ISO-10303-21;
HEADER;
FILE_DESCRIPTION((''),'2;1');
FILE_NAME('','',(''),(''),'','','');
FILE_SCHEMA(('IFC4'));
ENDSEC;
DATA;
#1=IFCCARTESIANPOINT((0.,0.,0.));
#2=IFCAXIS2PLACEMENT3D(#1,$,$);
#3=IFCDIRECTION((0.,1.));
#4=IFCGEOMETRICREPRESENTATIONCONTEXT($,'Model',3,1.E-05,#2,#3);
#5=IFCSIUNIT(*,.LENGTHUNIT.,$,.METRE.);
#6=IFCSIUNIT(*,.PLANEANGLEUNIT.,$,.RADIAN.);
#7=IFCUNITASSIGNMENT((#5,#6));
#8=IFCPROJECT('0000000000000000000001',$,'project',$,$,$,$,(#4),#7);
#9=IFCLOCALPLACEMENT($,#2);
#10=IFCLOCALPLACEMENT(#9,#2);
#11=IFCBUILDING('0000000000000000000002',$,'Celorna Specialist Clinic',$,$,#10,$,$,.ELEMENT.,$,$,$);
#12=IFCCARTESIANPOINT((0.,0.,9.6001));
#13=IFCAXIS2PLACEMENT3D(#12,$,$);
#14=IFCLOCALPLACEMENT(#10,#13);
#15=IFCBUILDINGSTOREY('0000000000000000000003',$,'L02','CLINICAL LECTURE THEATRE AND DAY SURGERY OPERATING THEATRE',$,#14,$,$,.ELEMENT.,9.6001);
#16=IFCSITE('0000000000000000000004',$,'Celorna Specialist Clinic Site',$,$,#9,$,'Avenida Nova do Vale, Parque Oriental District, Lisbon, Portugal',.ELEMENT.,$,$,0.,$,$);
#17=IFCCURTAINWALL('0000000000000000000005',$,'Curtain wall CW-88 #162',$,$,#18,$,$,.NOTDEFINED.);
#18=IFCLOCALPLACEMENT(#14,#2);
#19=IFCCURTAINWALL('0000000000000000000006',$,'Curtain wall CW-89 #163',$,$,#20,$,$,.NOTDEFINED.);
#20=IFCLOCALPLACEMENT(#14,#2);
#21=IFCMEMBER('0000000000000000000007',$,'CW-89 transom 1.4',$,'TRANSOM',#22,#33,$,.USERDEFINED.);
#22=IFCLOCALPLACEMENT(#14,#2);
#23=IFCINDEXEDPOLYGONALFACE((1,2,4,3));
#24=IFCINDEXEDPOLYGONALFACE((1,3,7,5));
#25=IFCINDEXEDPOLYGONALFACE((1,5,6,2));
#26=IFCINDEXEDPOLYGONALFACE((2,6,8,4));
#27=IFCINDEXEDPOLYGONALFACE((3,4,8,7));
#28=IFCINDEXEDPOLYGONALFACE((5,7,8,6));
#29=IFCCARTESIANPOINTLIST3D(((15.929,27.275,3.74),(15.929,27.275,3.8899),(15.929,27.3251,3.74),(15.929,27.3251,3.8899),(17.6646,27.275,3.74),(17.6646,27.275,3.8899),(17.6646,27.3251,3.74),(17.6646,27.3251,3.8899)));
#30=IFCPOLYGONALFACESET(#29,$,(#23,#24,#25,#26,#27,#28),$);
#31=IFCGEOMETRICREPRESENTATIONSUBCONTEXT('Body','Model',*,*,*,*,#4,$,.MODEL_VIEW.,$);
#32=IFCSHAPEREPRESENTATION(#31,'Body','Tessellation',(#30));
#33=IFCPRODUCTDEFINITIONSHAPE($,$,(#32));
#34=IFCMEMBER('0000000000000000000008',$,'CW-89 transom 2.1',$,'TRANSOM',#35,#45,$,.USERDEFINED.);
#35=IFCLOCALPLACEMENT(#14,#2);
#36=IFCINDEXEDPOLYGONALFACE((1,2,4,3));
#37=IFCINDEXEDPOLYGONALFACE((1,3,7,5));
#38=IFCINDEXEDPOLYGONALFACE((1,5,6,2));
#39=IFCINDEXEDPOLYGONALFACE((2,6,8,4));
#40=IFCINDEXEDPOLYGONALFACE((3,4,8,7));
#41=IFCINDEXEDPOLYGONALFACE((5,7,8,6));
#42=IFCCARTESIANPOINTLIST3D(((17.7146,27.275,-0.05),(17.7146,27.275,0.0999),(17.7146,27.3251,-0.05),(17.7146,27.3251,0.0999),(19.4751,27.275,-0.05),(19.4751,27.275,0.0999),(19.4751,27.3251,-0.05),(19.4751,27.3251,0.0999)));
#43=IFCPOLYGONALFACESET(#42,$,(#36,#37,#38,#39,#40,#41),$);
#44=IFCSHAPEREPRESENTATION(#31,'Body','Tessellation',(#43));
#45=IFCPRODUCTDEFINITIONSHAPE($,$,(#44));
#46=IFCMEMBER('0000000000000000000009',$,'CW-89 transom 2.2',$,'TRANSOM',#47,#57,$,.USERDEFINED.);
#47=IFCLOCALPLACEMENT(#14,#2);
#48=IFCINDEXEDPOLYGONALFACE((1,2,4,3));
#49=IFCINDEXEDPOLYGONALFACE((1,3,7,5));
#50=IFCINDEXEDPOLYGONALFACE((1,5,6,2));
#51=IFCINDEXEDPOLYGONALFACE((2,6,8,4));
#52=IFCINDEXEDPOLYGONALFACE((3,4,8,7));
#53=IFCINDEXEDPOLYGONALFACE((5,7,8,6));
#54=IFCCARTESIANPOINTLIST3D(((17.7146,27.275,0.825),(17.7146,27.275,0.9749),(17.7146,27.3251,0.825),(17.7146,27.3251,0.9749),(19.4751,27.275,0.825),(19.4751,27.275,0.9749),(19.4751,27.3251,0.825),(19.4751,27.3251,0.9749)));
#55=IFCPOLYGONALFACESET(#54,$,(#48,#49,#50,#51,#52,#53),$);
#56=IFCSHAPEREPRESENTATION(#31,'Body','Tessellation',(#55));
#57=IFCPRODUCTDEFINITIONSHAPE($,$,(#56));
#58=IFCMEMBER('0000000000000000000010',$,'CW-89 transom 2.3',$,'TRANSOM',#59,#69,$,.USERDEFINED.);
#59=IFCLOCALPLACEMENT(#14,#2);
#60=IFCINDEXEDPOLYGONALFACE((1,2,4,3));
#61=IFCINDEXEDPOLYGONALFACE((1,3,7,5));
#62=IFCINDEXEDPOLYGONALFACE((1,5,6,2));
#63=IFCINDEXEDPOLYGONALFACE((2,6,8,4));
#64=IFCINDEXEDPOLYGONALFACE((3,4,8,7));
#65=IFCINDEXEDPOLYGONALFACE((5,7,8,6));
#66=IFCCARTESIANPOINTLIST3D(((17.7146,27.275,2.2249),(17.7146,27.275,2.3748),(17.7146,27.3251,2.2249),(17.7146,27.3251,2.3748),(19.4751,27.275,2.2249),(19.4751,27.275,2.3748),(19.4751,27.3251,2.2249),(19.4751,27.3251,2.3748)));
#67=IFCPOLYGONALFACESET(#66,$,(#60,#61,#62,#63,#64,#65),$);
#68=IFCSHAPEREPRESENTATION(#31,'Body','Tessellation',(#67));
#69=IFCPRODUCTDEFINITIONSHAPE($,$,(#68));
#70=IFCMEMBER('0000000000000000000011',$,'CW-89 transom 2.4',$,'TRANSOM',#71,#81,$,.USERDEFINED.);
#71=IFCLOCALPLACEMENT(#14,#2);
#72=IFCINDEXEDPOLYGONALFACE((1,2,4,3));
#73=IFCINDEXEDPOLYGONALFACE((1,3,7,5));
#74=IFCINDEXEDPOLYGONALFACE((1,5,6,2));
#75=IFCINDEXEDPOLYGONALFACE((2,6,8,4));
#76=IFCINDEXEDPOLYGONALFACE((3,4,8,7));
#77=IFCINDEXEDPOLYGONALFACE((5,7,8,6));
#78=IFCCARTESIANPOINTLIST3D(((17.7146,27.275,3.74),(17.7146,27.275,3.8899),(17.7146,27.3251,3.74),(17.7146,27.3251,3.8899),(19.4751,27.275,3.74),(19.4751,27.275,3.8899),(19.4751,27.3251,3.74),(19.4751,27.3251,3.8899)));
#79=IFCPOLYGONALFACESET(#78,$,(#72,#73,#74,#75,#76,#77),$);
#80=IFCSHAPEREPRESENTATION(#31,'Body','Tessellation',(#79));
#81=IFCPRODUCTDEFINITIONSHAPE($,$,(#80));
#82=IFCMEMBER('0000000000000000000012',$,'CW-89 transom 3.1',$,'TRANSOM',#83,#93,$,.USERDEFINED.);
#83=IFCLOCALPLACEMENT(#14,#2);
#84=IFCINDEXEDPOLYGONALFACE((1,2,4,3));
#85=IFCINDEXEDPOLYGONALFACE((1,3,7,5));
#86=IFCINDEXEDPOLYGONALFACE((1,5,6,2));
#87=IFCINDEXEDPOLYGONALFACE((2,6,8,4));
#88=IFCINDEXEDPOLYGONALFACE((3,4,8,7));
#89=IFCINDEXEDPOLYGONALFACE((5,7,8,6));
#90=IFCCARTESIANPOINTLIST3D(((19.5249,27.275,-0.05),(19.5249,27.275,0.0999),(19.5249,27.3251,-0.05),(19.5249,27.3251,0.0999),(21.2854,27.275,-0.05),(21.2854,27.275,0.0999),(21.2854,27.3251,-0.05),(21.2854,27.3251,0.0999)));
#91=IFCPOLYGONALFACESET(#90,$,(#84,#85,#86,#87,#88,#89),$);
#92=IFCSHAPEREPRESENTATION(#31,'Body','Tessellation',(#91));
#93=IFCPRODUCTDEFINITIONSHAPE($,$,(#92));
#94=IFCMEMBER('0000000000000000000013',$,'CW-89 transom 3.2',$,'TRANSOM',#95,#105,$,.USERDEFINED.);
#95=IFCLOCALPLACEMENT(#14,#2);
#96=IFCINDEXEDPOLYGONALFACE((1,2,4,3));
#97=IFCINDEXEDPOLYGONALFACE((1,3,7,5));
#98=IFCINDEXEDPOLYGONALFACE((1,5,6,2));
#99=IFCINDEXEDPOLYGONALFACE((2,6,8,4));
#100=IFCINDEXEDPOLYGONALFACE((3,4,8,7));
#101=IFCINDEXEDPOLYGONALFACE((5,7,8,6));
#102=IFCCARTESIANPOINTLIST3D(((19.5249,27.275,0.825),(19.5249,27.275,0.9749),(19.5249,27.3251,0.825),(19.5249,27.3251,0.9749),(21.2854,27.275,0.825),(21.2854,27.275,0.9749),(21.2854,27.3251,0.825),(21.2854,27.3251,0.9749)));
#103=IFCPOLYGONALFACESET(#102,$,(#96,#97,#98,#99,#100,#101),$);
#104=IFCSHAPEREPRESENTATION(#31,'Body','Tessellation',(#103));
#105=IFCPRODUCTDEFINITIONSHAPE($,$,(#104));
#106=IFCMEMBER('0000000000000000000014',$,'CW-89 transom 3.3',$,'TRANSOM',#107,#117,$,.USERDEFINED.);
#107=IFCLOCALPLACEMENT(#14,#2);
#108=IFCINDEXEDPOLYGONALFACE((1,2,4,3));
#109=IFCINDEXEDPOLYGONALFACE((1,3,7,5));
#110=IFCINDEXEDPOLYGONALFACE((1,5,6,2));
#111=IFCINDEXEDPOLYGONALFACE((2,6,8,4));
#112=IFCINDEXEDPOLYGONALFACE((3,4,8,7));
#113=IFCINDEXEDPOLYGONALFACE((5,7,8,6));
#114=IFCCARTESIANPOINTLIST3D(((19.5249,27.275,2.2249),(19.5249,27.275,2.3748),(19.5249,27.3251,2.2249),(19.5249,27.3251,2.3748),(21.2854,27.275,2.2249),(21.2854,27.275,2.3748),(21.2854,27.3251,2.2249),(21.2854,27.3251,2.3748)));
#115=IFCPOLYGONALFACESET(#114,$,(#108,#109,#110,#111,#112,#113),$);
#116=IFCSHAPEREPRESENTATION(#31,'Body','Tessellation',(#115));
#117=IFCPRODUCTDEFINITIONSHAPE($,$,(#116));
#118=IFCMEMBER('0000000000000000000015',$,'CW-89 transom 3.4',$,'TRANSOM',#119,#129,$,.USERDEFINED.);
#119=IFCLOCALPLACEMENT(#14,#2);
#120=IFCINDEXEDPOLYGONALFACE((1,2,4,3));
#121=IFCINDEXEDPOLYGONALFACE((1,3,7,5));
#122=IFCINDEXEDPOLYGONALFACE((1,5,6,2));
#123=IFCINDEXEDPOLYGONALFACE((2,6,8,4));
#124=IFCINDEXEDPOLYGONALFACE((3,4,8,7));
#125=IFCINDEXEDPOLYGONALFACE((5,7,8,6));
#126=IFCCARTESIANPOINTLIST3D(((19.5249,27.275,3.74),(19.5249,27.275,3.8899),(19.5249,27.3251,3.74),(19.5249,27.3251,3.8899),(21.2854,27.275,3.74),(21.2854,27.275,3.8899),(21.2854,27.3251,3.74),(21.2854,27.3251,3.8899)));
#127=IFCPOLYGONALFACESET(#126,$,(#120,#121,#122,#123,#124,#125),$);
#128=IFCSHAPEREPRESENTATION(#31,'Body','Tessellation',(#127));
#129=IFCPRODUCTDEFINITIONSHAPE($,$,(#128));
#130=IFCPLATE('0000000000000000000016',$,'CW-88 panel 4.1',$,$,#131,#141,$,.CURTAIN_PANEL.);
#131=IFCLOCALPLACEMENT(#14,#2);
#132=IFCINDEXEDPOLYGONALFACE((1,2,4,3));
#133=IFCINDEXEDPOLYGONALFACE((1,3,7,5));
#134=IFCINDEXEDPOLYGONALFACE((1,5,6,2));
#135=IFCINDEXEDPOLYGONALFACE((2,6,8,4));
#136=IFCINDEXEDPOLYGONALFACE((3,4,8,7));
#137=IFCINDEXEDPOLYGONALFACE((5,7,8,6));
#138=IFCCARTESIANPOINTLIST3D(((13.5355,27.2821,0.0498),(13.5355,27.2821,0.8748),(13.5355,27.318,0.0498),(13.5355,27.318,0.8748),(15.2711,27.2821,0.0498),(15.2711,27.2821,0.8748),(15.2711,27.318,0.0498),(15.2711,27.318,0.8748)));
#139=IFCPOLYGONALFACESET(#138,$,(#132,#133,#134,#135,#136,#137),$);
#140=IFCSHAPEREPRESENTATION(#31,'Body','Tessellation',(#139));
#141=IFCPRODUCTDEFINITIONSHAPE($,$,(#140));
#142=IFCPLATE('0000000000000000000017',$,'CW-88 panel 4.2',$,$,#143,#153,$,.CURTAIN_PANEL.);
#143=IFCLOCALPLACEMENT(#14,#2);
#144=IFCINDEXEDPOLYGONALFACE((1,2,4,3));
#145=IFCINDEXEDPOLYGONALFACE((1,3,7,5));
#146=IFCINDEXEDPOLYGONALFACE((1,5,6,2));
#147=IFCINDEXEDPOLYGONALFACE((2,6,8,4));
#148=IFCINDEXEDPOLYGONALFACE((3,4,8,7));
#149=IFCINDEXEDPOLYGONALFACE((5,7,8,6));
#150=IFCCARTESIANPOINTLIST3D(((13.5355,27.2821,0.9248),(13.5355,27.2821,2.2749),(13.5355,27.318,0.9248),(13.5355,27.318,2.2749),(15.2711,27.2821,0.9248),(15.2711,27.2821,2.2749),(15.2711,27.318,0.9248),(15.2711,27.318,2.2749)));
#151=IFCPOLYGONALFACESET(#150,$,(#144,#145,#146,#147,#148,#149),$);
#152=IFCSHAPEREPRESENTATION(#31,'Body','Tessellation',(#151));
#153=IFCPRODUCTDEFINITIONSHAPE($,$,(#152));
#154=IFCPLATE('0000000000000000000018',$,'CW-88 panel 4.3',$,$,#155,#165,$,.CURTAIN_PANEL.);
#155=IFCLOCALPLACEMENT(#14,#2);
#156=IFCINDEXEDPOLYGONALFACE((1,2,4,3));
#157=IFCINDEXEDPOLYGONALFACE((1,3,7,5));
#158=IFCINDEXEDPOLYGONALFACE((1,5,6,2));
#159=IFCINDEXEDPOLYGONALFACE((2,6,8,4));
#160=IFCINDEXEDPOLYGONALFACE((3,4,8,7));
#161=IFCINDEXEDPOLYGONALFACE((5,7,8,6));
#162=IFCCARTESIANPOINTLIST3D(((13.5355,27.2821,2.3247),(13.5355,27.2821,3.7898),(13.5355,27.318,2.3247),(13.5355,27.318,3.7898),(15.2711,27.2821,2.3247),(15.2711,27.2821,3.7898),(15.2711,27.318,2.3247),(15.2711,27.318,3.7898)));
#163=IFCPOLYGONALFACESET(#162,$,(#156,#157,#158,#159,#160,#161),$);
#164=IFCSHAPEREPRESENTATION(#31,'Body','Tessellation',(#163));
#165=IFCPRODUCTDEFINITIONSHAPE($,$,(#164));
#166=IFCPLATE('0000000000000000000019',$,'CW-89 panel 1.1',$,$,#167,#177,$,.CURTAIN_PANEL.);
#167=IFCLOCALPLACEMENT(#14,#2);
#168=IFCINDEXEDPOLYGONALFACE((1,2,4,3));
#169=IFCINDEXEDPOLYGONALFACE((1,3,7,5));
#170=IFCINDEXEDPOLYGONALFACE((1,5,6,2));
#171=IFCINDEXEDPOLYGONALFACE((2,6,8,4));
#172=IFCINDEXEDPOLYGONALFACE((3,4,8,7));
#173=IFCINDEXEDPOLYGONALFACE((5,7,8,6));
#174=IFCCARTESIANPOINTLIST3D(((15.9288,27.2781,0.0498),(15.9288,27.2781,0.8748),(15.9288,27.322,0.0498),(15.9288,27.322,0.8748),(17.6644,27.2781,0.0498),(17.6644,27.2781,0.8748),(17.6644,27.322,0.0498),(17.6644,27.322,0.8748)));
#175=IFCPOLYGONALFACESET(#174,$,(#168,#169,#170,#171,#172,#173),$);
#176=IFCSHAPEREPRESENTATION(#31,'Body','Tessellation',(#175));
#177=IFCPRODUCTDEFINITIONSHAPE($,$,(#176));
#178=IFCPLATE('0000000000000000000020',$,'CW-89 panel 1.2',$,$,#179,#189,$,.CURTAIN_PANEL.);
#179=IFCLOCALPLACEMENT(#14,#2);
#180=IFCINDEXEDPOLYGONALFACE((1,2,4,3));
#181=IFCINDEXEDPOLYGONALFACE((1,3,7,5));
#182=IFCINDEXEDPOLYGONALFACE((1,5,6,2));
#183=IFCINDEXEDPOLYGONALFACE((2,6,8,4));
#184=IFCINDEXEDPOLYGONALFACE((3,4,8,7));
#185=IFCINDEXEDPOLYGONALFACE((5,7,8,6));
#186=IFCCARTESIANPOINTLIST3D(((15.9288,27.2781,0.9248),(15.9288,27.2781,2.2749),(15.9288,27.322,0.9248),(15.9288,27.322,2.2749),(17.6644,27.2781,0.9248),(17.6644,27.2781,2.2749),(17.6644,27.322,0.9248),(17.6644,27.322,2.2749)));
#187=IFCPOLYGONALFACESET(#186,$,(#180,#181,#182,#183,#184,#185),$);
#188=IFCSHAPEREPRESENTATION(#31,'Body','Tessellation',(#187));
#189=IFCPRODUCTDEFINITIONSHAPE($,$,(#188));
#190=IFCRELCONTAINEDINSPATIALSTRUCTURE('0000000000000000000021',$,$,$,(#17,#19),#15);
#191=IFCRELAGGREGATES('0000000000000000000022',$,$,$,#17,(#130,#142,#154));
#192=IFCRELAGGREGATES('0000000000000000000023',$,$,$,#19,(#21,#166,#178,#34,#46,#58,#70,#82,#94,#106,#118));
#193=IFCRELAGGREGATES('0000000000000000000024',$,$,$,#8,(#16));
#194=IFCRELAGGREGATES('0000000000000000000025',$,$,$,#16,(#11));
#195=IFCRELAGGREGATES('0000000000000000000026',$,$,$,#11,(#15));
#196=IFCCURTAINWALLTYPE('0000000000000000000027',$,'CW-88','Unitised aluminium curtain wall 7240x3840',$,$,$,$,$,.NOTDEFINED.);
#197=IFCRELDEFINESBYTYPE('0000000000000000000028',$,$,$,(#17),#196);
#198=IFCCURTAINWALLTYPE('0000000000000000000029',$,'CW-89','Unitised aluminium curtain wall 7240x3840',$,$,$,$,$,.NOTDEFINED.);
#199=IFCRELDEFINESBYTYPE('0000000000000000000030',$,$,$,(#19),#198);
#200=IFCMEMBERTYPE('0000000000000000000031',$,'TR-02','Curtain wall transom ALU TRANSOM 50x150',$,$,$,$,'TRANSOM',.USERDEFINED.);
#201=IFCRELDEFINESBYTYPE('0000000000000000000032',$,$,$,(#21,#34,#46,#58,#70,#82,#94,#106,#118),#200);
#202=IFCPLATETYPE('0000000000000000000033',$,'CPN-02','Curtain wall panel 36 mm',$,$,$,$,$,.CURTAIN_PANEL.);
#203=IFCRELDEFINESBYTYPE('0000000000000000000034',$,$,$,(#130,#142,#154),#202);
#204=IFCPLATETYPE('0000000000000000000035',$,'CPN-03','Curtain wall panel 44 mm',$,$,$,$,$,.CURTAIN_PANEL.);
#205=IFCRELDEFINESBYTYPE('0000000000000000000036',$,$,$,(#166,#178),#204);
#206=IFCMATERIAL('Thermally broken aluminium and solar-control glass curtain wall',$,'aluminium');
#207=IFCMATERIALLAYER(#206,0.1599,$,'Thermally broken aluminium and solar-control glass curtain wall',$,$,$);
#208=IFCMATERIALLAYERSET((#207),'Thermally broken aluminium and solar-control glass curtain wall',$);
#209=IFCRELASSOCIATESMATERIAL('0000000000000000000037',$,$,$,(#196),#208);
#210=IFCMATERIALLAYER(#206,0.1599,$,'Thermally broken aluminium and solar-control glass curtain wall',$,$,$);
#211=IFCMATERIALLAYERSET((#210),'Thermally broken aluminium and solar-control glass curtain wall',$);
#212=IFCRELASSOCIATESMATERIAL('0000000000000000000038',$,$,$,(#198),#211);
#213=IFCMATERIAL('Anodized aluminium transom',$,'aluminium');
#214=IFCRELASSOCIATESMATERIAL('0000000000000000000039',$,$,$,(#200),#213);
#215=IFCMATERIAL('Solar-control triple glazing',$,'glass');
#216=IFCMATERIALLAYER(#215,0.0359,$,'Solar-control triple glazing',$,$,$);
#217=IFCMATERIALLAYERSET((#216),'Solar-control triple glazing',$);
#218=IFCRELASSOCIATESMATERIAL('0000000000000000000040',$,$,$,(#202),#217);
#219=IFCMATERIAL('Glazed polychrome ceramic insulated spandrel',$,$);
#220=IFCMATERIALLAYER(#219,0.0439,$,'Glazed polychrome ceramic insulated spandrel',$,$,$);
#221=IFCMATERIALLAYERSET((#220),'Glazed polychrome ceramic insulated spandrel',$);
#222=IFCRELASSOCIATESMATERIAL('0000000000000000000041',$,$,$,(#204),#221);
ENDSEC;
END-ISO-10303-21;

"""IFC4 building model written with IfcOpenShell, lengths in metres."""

from ifc_helpers import new_model, si_unit, direction, frame, origin, origin_2d, place, context, subcontext, project, spatial, rectangle, extrude, material, layer, layer_set, material_profile, profile_set, type_object, element, aggregate, save


model = new_model("IFC4")

# Units and contexts
model_context = context("Model", 3, precision=1e-05, world=origin(), true_north=direction((0.0, 1.0)))
body_context = subcontext(model_context, "Body", "Model", "MODEL_VIEW")
ifc_project = project(units=[si_unit("LENGTHUNIT", "METRE"), si_unit("PLANEANGLEUNIT", "RADIAN")], contexts=[model_context])

# Site, building, storey
site_placement = place(None, origin())
site = spatial("IfcSite", under=ifc_project, at=site_placement, Name="Celorna Specialist Clinic Site", LongName="Avenida Nova do Vale, Parque Oriental District, Lisbon, Portugal", CompositionType="ELEMENT", RefElevation=0.0)
building_placement = place(site_placement, origin())
building = spatial("IfcBuilding", under=site, at=building_placement, Name="Celorna Specialist Clinic", CompositionType="ELEMENT")
storey_placement = place(building_placement, frame((0.0, 0.0, 9.6001)))
storey = spatial("IfcBuildingStorey", under=building, at=storey_placement, Name="L02", Description="CLINICAL LECTURE THEATRE AND DAY SURGERY OPERATING THEATRE", CompositionType="ELEMENT", Elevation=9.6001)

# Curtain wall
ifc_material_1 = material(Name="Thermally broken aluminium and solar-control glass curtain wall", Category="aluminium")
ifc_layer_1 = layer(ifc_material_1, 0.1599, Name="Thermally broken aluminium and solar-control glass curtain wall")
ifc_layer_set_1 = layer_set([ifc_layer_1], Name="Thermally broken aluminium and solar-control glass curtain wall")
curtain_wall_type_1 = type_object("IfcCurtainWallType", Name="CW-88", Description="Unitised aluminium curtain wall 7240x3840", PredefinedType="NOTDEFINED", material=ifc_layer_set_1)
curtain_wall_1_placement = place(storey_placement, origin())
curtain_wall_1 = element("IfcCurtainWall", 1, at=curtain_wall_1_placement, inside=storey, type_object=curtain_wall_type_1, Name="Curtain wall CW-88 #162", PredefinedType="NOTDEFINED")

# Curtain wall, members
ifc_layer_2 = layer(ifc_material_1, 0.1599, Name="Thermally broken aluminium and solar-control glass curtain wall")
ifc_layer_set_2 = layer_set([ifc_layer_2], Name="Thermally broken aluminium and solar-control glass curtain wall")
curtain_wall_type_2 = type_object("IfcCurtainWallType", Name="CW-89", Description="Unitised aluminium curtain wall 7240x3840", PredefinedType="NOTDEFINED", material=ifc_layer_set_2)
curtain_wall_2_placement = place(storey_placement, origin())
curtain_wall_2 = element("IfcCurtainWall", 2, at=curtain_wall_2_placement, inside=storey, type_object=curtain_wall_type_2, Name="Curtain wall CW-89 #163", PredefinedType="NOTDEFINED")
ifc_material_2 = material(Name="Anodized aluminium transom", Category="aluminium")
ifc_material_profile_1 = material_profile(ifc_material_2, rectangle(XDim=0.05, YDim=0.1499, at=origin_2d()), Name="ALU TRANSOM 50x150")
ifc_profile_set_1 = profile_set([ifc_material_profile_1], Name="Anodized aluminium transom")
member_type_1 = type_object("IfcMemberType", Name="TR-02", Description="Curtain wall transom ALU TRANSOM 50x150", ElementType="TRANSOM", PredefinedType="USERDEFINED", material=ifc_profile_set_1)
member_1_placement = place(storey_placement, frame((15.929, 27.3, 3.8149), z_axis=(1.0, 0.0, 0.0), x_axis=(0.0, 1.0, 0.0)))
member_1 = element("IfcMember", 3, at=member_1_placement, type_object=member_type_1, Name="CW-89 transom 1.4", ObjectType="TRANSOM", PredefinedType="USERDEFINED", context=body_context, shape_type="SweptSolid", body=[
    extrude(rectangle(XDim=0.05, YDim=0.1499, at=origin_2d()), origin(), (0.0, 0.0, 1.0), 1.7356),
])
member_2_placement = place(storey_placement, frame((17.7146, 27.3, 0.0249), z_axis=(1.0, 0.0, 0.0), x_axis=(0.0, 1.0, 0.0)))
member_2 = element("IfcMember", 4, at=member_2_placement, type_object=member_type_1, Name="CW-89 transom 2.1", ObjectType="TRANSOM", PredefinedType="USERDEFINED", context=body_context, shape_type="SweptSolid", body=[
    extrude(rectangle(XDim=0.05, YDim=0.1499, at=origin_2d()), origin(), (0.0, 0.0, 1.0), 1.7605),
])
member_3_placement = place(storey_placement, frame((17.7146, 27.3, 0.8999), z_axis=(1.0, 0.0, 0.0), x_axis=(0.0, 1.0, 0.0)))
member_3 = element("IfcMember", 5, at=member_3_placement, type_object=member_type_1, Name="CW-89 transom 2.2", ObjectType="TRANSOM", PredefinedType="USERDEFINED", context=body_context, shape_type="SweptSolid", body=[
    extrude(rectangle(XDim=0.05, YDim=0.1499, at=origin_2d()), origin(), (0.0, 0.0, 1.0), 1.7605),
])
member_4_placement = place(storey_placement, frame((17.7146, 27.3, 2.2998), z_axis=(1.0, 0.0, 0.0), x_axis=(0.0, 1.0, 0.0)))
member_4 = element("IfcMember", 6, at=member_4_placement, type_object=member_type_1, Name="CW-89 transom 2.3", ObjectType="TRANSOM", PredefinedType="USERDEFINED", context=body_context, shape_type="SweptSolid", body=[
    extrude(rectangle(XDim=0.05, YDim=0.1499, at=origin_2d()), origin(), (0.0, 0.0, 1.0), 1.7605),
])
member_5_placement = place(storey_placement, frame((17.7146, 27.3, 3.8149), z_axis=(1.0, 0.0, 0.0), x_axis=(0.0, 1.0, 0.0)))
member_5 = element("IfcMember", 7, at=member_5_placement, type_object=member_type_1, Name="CW-89 transom 2.4", ObjectType="TRANSOM", PredefinedType="USERDEFINED", context=body_context, shape_type="SweptSolid", body=[
    extrude(rectangle(XDim=0.05, YDim=0.1499, at=origin_2d()), origin(), (0.0, 0.0, 1.0), 1.7605),
])
member_6_placement = place(storey_placement, frame((19.5249, 27.3, 0.0249), z_axis=(1.0, 0.0, 0.0), x_axis=(0.0, 1.0, 0.0)))
member_6 = element("IfcMember", 8, at=member_6_placement, type_object=member_type_1, Name="CW-89 transom 3.1", ObjectType="TRANSOM", PredefinedType="USERDEFINED", context=body_context, shape_type="SweptSolid", body=[
    extrude(rectangle(XDim=0.05, YDim=0.1499, at=origin_2d()), origin(), (0.0, 0.0, 1.0), 1.7605),
])
member_7_placement = place(storey_placement, frame((19.5249, 27.3, 0.8999), z_axis=(1.0, 0.0, 0.0), x_axis=(0.0, 1.0, 0.0)))
member_7 = element("IfcMember", 9, at=member_7_placement, type_object=member_type_1, Name="CW-89 transom 3.2", ObjectType="TRANSOM", PredefinedType="USERDEFINED", context=body_context, shape_type="SweptSolid", body=[
    extrude(rectangle(XDim=0.05, YDim=0.1499, at=origin_2d()), origin(), (0.0, 0.0, 1.0), 1.7605),
])
member_8_placement = place(storey_placement, frame((19.5249, 27.3, 2.2998), z_axis=(1.0, 0.0, 0.0), x_axis=(0.0, 1.0, 0.0)))
member_8 = element("IfcMember", 10, at=member_8_placement, type_object=member_type_1, Name="CW-89 transom 3.3", ObjectType="TRANSOM", PredefinedType="USERDEFINED", context=body_context, shape_type="SweptSolid", body=[
    extrude(rectangle(XDim=0.05, YDim=0.1499, at=origin_2d()), origin(), (0.0, 0.0, 1.0), 1.7605),
])
member_9_placement = place(storey_placement, frame((19.5249, 27.3, 3.8149), z_axis=(1.0, 0.0, 0.0), x_axis=(0.0, 1.0, 0.0)))
member_9 = element("IfcMember", 11, at=member_9_placement, type_object=member_type_1, Name="CW-89 transom 3.4", ObjectType="TRANSOM", PredefinedType="USERDEFINED", context=body_context, shape_type="SweptSolid", body=[
    extrude(rectangle(XDim=0.05, YDim=0.1499, at=origin_2d()), origin(), (0.0, 0.0, 1.0), 1.7605),
])

# Plates
ifc_material_3 = material(Name="Solar-control triple glazing", Category="glass")
ifc_layer_3 = layer(ifc_material_3, 0.0359, Name="Solar-control triple glazing")
ifc_layer_set_3 = layer_set([ifc_layer_3], Name="Solar-control triple glazing")
plate_type_1 = type_object("IfcPlateType", Name="CPN-02", Description="Curtain wall panel 36 mm", PredefinedType="CURTAIN_PANEL", material=ifc_layer_set_3)
plate_1_placement = place(storey_placement, frame((14.4033, 27.3, 0.0498), z_axis=(0.0, 0.0, 1.0), x_axis=(1.0, 0.0, 0.0)))
plate_1 = element("IfcPlate", 12, at=plate_1_placement, type_object=plate_type_1, Name="CW-88 panel 4.1", PredefinedType="CURTAIN_PANEL", context=body_context, shape_type="SweptSolid", body=[
    extrude(rectangle(XDim=1.7356, YDim=0.0359, at=origin_2d()), origin(), (0.0, 0.0, 1.0), 0.825),
])
plate_2_placement = place(storey_placement, frame((14.4033, 27.3, 0.9248), z_axis=(0.0, 0.0, 1.0), x_axis=(1.0, 0.0, 0.0)))
plate_2 = element("IfcPlate", 13, at=plate_2_placement, type_object=plate_type_1, Name="CW-88 panel 4.2", PredefinedType="CURTAIN_PANEL", context=body_context, shape_type="SweptSolid", body=[
    extrude(rectangle(XDim=1.7356, YDim=0.0359, at=origin_2d()), origin(), (0.0, 0.0, 1.0), 1.3501),
])
plate_3_placement = place(storey_placement, frame((14.4033, 27.3, 2.3247), z_axis=(0.0, 0.0, 1.0), x_axis=(1.0, 0.0, 0.0)))
plate_3 = element("IfcPlate", 14, at=plate_3_placement, type_object=plate_type_1, Name="CW-88 panel 4.3", PredefinedType="CURTAIN_PANEL", context=body_context, shape_type="SweptSolid", body=[
    extrude(rectangle(XDim=1.7356, YDim=0.0359, at=origin_2d()), origin(), (0.0, 0.0, 1.0), 1.4651),
])
aggregate(curtain_wall_1, [plate_1, plate_2, plate_3])
ifc_material_4 = material(Name="Glazed polychrome ceramic insulated spandrel")
ifc_layer_4 = layer(ifc_material_4, 0.0439, Name="Glazed polychrome ceramic insulated spandrel")
ifc_layer_set_4 = layer_set([ifc_layer_4], Name="Glazed polychrome ceramic insulated spandrel")
plate_type_2 = type_object("IfcPlateType", Name="CPN-03", Description="Curtain wall panel 44 mm", PredefinedType="CURTAIN_PANEL", material=ifc_layer_set_4)
plate_4_placement = place(storey_placement, frame((16.7966, 27.3, 0.0498), z_axis=(0.0, 0.0, 1.0), x_axis=(1.0, 0.0, 0.0)))
plate_4 = element("IfcPlate", 15, at=plate_4_placement, type_object=plate_type_2, Name="CW-89 panel 1.1", PredefinedType="CURTAIN_PANEL", context=body_context, shape_type="SweptSolid", body=[
    extrude(rectangle(XDim=1.7356, YDim=0.0439, at=origin_2d()), origin(), (0.0, 0.0, 1.0), 0.825),
])
plate_5_placement = place(storey_placement, frame((16.7966, 27.3, 0.9248), z_axis=(0.0, 0.0, 1.0), x_axis=(1.0, 0.0, 0.0)))
plate_5 = element("IfcPlate", 16, at=plate_5_placement, type_object=plate_type_2, Name="CW-89 panel 1.2", PredefinedType="CURTAIN_PANEL", context=body_context, shape_type="SweptSolid", body=[
    extrude(rectangle(XDim=1.7356, YDim=0.0439, at=origin_2d()), origin(), (0.0, 0.0, 1.0), 1.3501),
])
aggregate(curtain_wall_2, [member_1, plate_4, plate_5, member_2, member_3, member_4, member_5, member_6, member_7, member_8, member_9])

save(model, "model.ifc")
